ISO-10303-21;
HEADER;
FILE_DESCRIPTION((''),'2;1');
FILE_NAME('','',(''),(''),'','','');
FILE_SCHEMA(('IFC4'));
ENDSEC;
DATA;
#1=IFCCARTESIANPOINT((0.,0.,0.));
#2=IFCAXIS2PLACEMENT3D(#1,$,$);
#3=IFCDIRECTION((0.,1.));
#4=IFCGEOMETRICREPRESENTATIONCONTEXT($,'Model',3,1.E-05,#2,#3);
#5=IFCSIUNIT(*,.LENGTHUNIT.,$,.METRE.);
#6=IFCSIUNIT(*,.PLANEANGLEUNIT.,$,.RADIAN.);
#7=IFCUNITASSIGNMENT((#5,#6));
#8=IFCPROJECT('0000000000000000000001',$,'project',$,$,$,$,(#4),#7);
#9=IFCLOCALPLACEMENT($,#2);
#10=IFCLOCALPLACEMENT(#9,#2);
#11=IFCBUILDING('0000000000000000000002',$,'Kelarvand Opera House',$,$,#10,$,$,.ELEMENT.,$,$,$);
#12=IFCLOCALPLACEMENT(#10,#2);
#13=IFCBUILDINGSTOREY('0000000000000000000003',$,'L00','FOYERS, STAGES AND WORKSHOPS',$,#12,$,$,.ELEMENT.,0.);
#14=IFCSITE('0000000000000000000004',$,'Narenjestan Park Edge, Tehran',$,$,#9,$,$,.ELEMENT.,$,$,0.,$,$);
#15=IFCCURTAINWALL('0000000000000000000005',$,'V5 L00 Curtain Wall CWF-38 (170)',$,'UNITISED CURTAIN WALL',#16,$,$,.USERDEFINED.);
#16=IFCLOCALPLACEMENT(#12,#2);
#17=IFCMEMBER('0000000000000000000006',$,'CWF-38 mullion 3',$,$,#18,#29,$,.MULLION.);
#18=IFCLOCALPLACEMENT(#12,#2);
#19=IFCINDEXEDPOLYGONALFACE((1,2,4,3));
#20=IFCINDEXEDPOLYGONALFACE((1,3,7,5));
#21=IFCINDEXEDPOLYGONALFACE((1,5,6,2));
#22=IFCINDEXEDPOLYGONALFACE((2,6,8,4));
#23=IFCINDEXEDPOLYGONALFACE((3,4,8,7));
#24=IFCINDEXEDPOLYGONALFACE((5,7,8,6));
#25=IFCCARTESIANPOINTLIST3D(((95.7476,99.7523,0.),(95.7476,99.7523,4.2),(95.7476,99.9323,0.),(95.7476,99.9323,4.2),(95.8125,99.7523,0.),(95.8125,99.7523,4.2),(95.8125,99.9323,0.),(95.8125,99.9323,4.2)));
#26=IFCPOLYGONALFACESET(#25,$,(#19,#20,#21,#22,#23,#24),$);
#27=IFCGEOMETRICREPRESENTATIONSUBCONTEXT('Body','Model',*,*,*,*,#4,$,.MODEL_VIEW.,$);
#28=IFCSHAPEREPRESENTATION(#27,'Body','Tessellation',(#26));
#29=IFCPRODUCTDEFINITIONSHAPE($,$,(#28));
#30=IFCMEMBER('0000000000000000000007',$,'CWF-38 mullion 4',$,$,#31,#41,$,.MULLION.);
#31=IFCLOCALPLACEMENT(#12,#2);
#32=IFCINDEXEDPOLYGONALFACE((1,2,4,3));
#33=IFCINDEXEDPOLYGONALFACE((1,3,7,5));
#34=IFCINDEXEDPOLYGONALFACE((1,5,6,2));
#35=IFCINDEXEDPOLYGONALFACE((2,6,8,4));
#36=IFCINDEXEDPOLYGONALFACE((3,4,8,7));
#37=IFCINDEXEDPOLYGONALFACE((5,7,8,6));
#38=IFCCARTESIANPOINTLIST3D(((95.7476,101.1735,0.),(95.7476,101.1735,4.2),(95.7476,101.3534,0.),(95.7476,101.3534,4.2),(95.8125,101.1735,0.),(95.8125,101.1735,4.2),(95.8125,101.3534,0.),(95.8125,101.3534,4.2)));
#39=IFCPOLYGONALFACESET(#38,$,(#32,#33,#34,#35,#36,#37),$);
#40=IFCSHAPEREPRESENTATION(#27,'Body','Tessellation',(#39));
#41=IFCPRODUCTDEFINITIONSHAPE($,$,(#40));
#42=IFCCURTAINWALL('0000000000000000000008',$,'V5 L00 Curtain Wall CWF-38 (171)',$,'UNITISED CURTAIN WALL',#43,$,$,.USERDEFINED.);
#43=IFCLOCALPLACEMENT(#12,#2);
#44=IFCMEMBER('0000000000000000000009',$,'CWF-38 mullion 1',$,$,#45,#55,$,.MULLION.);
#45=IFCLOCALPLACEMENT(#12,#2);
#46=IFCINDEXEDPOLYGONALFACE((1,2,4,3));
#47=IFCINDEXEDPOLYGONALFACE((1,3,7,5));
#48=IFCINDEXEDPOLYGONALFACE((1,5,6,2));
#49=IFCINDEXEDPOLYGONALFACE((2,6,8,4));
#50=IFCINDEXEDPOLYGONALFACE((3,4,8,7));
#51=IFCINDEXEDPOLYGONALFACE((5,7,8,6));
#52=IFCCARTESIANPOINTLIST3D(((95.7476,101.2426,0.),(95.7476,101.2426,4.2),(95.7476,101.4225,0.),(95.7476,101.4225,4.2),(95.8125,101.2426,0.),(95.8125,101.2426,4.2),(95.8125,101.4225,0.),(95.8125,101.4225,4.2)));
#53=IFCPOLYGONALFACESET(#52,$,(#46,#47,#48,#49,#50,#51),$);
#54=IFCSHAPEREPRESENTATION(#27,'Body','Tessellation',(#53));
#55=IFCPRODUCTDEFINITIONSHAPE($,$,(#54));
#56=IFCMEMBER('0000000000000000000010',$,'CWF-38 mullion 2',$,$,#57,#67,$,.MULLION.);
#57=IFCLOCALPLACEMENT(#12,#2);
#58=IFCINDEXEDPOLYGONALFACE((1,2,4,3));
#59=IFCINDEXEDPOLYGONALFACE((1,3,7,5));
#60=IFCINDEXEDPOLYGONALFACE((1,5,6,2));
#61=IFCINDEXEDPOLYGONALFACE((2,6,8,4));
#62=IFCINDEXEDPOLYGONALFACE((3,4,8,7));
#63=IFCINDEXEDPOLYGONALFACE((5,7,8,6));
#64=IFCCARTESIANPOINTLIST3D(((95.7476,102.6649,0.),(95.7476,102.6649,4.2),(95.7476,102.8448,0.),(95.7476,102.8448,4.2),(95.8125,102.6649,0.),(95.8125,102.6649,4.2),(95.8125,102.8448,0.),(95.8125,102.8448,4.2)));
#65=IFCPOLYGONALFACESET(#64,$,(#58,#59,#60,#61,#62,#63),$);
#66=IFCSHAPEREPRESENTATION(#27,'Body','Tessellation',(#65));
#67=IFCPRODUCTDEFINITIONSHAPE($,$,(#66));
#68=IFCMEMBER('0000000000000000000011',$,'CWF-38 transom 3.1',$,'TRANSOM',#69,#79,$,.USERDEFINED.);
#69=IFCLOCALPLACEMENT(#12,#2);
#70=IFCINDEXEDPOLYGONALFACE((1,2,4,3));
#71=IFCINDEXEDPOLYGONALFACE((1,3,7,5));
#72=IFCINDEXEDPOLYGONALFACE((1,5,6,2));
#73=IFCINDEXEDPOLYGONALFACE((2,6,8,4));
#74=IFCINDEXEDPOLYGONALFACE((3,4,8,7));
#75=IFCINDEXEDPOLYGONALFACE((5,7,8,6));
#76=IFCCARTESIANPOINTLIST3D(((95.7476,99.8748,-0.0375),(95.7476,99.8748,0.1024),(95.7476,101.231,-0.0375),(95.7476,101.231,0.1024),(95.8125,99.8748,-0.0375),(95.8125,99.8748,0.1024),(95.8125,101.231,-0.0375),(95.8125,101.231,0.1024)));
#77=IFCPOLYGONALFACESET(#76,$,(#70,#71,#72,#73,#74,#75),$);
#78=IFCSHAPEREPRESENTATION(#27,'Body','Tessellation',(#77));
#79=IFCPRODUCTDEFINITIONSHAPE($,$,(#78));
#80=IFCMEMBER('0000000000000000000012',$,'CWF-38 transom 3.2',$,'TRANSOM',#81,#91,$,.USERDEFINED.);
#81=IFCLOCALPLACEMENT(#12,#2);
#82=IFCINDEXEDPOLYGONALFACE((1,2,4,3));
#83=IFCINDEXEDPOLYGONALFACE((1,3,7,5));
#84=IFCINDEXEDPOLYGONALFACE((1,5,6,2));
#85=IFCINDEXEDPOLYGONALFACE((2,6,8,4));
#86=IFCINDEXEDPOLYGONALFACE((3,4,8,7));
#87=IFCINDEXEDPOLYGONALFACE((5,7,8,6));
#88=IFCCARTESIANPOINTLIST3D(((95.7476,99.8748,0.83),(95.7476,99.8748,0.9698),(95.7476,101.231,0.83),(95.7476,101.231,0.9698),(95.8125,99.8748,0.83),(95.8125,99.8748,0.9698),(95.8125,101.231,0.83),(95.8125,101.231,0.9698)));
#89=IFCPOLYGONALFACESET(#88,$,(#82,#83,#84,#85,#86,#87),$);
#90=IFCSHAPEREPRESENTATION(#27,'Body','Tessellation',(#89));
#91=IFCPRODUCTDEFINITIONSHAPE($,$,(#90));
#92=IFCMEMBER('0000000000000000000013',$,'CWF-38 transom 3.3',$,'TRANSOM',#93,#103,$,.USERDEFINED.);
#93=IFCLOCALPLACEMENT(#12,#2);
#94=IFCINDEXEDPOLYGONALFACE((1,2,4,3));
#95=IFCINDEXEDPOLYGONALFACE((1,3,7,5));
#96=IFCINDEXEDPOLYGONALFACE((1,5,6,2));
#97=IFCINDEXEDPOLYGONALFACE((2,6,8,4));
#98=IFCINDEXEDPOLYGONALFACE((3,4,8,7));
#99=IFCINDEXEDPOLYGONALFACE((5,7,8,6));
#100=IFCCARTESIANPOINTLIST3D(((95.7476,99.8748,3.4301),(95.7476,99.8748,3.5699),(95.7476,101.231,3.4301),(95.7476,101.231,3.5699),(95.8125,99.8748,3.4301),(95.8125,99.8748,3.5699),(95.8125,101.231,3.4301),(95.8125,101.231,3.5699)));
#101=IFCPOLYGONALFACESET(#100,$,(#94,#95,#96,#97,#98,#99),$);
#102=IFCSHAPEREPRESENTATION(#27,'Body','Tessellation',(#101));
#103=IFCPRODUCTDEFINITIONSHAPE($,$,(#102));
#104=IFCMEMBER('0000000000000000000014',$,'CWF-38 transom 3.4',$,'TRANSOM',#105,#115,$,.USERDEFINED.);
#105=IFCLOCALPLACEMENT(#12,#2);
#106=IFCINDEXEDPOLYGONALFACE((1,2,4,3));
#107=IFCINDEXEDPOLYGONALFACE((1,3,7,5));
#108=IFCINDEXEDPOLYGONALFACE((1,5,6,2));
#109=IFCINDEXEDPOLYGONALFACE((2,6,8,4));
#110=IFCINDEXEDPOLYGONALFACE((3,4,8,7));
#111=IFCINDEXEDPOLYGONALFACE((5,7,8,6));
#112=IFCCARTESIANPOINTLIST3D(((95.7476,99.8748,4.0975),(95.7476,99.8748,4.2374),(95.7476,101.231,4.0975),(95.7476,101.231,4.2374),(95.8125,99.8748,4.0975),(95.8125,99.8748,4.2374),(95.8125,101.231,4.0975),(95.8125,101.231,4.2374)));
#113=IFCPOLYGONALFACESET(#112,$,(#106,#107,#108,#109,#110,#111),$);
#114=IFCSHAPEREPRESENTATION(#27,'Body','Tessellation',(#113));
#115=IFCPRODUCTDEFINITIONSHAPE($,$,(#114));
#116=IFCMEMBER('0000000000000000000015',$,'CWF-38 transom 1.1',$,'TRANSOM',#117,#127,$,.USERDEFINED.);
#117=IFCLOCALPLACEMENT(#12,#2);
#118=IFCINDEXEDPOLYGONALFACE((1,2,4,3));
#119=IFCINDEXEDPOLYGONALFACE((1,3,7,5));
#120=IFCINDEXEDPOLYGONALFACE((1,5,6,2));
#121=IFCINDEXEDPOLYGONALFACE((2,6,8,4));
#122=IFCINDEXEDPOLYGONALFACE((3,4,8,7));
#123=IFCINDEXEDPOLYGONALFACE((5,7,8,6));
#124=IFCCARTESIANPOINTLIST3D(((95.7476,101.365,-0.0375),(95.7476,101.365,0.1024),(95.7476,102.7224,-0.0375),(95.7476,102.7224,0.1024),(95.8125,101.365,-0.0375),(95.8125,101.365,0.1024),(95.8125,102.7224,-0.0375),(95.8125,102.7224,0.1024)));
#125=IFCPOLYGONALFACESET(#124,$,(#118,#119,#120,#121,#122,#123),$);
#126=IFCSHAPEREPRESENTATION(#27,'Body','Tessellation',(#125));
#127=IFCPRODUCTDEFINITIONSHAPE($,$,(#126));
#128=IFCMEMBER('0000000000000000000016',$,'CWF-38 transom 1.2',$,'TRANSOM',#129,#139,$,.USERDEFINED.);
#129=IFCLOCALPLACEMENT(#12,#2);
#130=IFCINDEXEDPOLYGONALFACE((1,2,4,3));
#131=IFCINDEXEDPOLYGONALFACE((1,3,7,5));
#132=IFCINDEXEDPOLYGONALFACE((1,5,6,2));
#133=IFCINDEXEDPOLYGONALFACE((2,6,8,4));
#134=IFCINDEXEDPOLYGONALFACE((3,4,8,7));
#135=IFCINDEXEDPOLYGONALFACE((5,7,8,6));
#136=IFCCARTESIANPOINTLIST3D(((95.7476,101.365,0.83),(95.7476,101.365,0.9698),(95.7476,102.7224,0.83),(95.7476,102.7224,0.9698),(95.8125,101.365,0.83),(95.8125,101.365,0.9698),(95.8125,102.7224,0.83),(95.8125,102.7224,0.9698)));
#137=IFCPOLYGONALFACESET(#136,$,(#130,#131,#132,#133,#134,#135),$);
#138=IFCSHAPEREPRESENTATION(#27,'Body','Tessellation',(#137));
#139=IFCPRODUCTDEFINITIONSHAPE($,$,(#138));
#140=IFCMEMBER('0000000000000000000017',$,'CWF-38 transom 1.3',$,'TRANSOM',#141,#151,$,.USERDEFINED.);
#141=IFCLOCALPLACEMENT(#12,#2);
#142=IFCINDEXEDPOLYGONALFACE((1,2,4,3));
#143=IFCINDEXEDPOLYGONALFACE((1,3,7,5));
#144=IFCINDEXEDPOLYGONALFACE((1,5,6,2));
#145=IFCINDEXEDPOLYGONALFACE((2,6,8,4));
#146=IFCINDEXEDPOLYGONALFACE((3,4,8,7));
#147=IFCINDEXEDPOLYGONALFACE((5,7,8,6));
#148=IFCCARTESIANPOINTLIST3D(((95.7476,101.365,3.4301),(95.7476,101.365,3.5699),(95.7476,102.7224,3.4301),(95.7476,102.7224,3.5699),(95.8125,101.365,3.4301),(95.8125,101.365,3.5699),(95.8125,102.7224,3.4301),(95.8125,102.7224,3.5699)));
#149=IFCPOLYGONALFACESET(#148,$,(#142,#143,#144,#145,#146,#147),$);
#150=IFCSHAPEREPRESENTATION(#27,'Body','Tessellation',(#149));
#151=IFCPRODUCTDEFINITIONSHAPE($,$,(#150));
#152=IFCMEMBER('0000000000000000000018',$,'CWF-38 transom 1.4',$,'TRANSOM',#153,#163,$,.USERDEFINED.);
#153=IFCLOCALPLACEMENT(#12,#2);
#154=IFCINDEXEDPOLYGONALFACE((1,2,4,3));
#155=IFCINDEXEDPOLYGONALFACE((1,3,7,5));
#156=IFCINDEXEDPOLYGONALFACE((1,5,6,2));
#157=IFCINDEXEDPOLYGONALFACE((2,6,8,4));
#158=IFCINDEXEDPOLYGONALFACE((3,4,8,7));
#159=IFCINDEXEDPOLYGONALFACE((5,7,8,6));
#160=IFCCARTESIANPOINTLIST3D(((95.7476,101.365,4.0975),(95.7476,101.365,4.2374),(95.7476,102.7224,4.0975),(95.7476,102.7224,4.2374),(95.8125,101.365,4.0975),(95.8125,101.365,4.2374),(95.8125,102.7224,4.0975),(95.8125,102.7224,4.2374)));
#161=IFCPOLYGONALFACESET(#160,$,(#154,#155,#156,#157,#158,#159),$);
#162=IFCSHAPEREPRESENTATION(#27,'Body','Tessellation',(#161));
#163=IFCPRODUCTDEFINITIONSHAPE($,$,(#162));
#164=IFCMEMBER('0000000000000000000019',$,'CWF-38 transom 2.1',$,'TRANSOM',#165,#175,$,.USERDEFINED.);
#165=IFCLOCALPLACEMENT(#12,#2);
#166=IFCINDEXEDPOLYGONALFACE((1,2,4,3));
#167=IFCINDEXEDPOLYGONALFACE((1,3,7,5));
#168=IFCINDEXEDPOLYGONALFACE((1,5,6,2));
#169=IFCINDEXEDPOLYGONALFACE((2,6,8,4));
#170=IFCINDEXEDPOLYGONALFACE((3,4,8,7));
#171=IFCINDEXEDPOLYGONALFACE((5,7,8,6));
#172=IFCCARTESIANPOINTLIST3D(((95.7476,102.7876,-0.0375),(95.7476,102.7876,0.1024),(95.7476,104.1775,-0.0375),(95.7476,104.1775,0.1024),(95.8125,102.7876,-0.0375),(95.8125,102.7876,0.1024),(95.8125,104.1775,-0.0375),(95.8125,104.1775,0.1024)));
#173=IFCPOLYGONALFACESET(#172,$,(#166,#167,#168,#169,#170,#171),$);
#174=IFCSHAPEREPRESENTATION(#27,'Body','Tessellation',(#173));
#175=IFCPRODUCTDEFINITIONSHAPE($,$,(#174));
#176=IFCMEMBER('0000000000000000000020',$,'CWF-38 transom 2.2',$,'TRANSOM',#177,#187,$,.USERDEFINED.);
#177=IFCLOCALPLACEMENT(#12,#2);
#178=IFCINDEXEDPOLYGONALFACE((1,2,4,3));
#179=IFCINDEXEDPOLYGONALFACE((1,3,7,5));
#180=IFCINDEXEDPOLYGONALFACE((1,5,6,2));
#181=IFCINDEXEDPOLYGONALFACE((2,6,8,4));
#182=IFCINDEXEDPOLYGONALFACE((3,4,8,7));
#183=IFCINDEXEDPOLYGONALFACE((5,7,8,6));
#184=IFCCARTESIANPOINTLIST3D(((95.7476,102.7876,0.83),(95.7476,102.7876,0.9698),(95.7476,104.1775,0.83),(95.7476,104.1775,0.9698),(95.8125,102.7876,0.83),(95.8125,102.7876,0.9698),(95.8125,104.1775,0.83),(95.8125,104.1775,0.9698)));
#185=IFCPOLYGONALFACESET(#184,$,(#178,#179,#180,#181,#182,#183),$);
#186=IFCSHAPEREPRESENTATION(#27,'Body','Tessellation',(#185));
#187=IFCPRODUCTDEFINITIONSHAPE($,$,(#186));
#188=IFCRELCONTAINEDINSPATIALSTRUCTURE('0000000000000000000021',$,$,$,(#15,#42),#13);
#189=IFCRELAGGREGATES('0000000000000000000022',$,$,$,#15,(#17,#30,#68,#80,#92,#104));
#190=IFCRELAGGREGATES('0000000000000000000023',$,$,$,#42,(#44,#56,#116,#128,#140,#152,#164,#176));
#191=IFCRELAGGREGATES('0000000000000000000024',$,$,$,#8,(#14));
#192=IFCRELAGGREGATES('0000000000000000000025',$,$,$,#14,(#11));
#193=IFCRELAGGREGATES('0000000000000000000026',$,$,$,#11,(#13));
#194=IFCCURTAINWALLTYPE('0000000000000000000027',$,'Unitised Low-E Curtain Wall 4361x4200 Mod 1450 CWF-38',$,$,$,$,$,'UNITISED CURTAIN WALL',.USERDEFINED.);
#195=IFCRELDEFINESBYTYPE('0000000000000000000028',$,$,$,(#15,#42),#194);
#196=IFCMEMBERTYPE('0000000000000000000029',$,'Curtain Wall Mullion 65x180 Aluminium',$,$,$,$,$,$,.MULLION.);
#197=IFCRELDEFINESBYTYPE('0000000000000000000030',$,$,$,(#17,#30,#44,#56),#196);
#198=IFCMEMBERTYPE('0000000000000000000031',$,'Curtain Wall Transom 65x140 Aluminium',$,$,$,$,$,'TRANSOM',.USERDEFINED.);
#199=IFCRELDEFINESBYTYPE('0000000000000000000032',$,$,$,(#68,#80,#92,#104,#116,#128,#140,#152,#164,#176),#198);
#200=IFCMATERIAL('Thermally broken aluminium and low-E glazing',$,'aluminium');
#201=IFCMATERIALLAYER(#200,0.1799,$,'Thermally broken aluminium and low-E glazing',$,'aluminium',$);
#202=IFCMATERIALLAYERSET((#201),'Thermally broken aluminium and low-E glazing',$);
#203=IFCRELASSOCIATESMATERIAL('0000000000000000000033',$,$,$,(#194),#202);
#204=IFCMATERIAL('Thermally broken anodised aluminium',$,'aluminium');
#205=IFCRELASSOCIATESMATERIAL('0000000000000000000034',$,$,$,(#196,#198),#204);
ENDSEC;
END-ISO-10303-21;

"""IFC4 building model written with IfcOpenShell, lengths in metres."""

from ifc_helpers import new_model, si_unit, direction, frame, origin, origin_2d, place, context, subcontext, project, spatial, rectangle, extrude, material, layer, layer_set, material_profile, profile_set, type_object, element, aggregate, save


model = new_model("IFC4")

# Units and contexts
model_context = context("Model", 3, precision=1e-05, world=origin(), true_north=direction((0.0, 1.0)))
body_context = subcontext(model_context, "Body", "Model", "MODEL_VIEW")
ifc_project = project(units=[si_unit("LENGTHUNIT", "METRE"), si_unit("PLANEANGLEUNIT", "RADIAN")], contexts=[model_context])

# Site, building, storey
site_placement = place(None, origin())
site = spatial("IfcSite", under=ifc_project, at=site_placement, Name="Narenjestan Park Edge, Tehran", CompositionType="ELEMENT", RefElevation=0.0)
building_placement = place(site_placement, origin())
building = spatial("IfcBuilding", under=site, at=building_placement, Name="Kelarvand Opera House", CompositionType="ELEMENT")
storey_placement = place(building_placement, origin())
storey = spatial("IfcBuildingStorey", under=building, at=storey_placement, Name="L00", Description="FOYERS, STAGES AND WORKSHOPS", CompositionType="ELEMENT", Elevation=0.0)

# Curtain walls, members
ifc_material_1 = material(Name="Thermally broken aluminium and low-E glazing", Category="aluminium")
ifc_layer_1 = layer(ifc_material_1, 0.1799, Name="Thermally broken aluminium and low-E glazing", Category="aluminium")
ifc_layer_set_1 = layer_set([ifc_layer_1], Name="Thermally broken aluminium and low-E glazing")
curtain_wall_type = type_object("IfcCurtainWallType", Name="Unitised Low-E Curtain Wall 4361x4200 Mod 1450 CWF-38", ElementType="UNITISED CURTAIN WALL", PredefinedType="USERDEFINED", material=ifc_layer_set_1)
curtain_wall_1_placement = place(storey_placement, origin())
curtain_wall_1 = element("IfcCurtainWall", 1, at=curtain_wall_1_placement, inside=storey, type_object=curtain_wall_type, Name="V5 L00 Curtain Wall CWF-38 (170)", ObjectType="UNITISED CURTAIN WALL", PredefinedType="USERDEFINED")
ifc_material_2 = material(Name="Thermally broken anodised aluminium", Category="aluminium")
ifc_material_profile_1 = material_profile(ifc_material_2, rectangle(XDim=0.0649, YDim=0.1799, at=origin_2d()), Name="ALU MULLION 65x180", Category="aluminium")
ifc_profile_set_1 = profile_set([ifc_material_profile_1], Name="Thermally broken anodised aluminium")
member_type_1 = type_object("IfcMemberType", Name="Curtain Wall Mullion 65x180 Aluminium", PredefinedType="MULLION", material=ifc_profile_set_1)
member_1_placement = place(storey_placement, frame((95.78, 99.8423, 0.0), z_axis=(0.0, 0.0, 1.0), x_axis=(-1.0, 0.0, 0.0)))
member_1 = element("IfcMember", 2, at=member_1_placement, type_object=member_type_1, Name="CWF-38 mullion 3", PredefinedType="MULLION", context=body_context, shape_type="SweptSolid", body=[
    extrude(rectangle(XDim=0.0649, YDim=0.1799, at=origin_2d()), origin(), (0.0, 0.0, 1.0), 4.2),
])
member_2_placement = place(storey_placement, frame((95.78, 101.2634, 0.0), z_axis=(0.0, 0.0, 1.0), x_axis=(-1.0, 0.0, 0.0)))
member_2 = element("IfcMember", 3, at=member_2_placement, type_object=member_type_1, Name="CWF-38 mullion 4", PredefinedType="MULLION", context=body_context, shape_type="SweptSolid", body=[
    extrude(rectangle(XDim=0.0649, YDim=0.1799, at=origin_2d()), origin(), (0.0, 0.0, 1.0), 4.2),
])
curtain_wall_2_placement = place(storey_placement, origin())
curtain_wall_2 = element("IfcCurtainWall", 4, at=curtain_wall_2_placement, inside=storey, type_object=curtain_wall_type, Name="V5 L00 Curtain Wall CWF-38 (171)", ObjectType="UNITISED CURTAIN WALL", PredefinedType="USERDEFINED")
member_3_placement = place(storey_placement, frame((95.78, 101.3325, 0.0), z_axis=(0.0, 0.0, 1.0), x_axis=(-1.0, 0.0, 0.0)))
member_3 = element("IfcMember", 5, at=member_3_placement, type_object=member_type_1, Name="CWF-38 mullion 1", PredefinedType="MULLION", context=body_context, shape_type="SweptSolid", body=[
    extrude(rectangle(XDim=0.0649, YDim=0.1799, at=origin_2d()), origin(), (0.0, 0.0, 1.0), 4.2),
])
member_4_placement = place(storey_placement, frame((95.78, 102.7549, 0.0), z_axis=(0.0, 0.0, 1.0), x_axis=(-1.0, 0.0, 0.0)))
member_4 = element("IfcMember", 6, at=member_4_placement, type_object=member_type_1, Name="CWF-38 mullion 2", PredefinedType="MULLION", context=body_context, shape_type="SweptSolid", body=[
    extrude(rectangle(XDim=0.0649, YDim=0.1799, at=origin_2d()), origin(), (0.0, 0.0, 1.0), 4.2),
])

# Members
ifc_material_profile_2 = material_profile(ifc_material_2, rectangle(XDim=0.0649, YDim=0.1399, at=origin_2d()), Name="ALU TRANSOM 65x140", Category="aluminium")
ifc_profile_set_2 = profile_set([ifc_material_profile_2], Name="Thermally broken anodised aluminium")
member_type_2 = type_object("IfcMemberType", Name="Curtain Wall Transom 65x140 Aluminium", ElementType="TRANSOM", PredefinedType="USERDEFINED", material=ifc_profile_set_2)
member_5_placement = place(storey_placement, frame((95.78, 99.8748, 0.0325), z_axis=(0.0, 1.0, 0.0), x_axis=(-1.0, 0.0, 0.0)))
member_5 = element("IfcMember", 7, at=member_5_placement, type_object=member_type_2, Name="CWF-38 transom 3.1", ObjectType="TRANSOM", PredefinedType="USERDEFINED", context=body_context, shape_type="SweptSolid", body=[
    extrude(rectangle(XDim=0.0649, YDim=0.1399, at=origin_2d()), origin(), (0.0, 0.0, 1.0), 1.3562),
])
member_6_placement = place(storey_placement, frame((95.78, 99.8748, 0.8999), z_axis=(0.0, 1.0, 0.0), x_axis=(-1.0, 0.0, 0.0)))
member_6 = element("IfcMember", 8, at=member_6_placement, type_object=member_type_2, Name="CWF-38 transom 3.2", ObjectType="TRANSOM", PredefinedType="USERDEFINED", context=body_context, shape_type="SweptSolid", body=[
    extrude(rectangle(XDim=0.0649, YDim=0.1399, at=origin_2d()), origin(), (0.0, 0.0, 1.0), 1.3562),
])
member_7_placement = place(storey_placement, frame((95.78, 99.8748, 3.5), z_axis=(0.0, 1.0, 0.0), x_axis=(-1.0, 0.0, 0.0)))
member_7 = element("IfcMember", 9, at=member_7_placement, type_object=member_type_2, Name="CWF-38 transom 3.3", ObjectType="TRANSOM", PredefinedType="USERDEFINED", context=body_context, shape_type="SweptSolid", body=[
    extrude(rectangle(XDim=0.0649, YDim=0.1399, at=origin_2d()), origin(), (0.0, 0.0, 1.0), 1.3562),
])
member_8_placement = place(storey_placement, frame((95.78, 99.8748, 4.1675), z_axis=(0.0, 1.0, 0.0), x_axis=(-1.0, 0.0, 0.0)))
member_8 = element("IfcMember", 10, at=member_8_placement, type_object=member_type_2, Name="CWF-38 transom 3.4", ObjectType="TRANSOM", PredefinedType="USERDEFINED", context=body_context, shape_type="SweptSolid", body=[
    extrude(rectangle(XDim=0.0649, YDim=0.1399, at=origin_2d()), origin(), (0.0, 0.0, 1.0), 1.3562),
])
member_9_placement = place(storey_placement, frame((95.78, 101.365, 0.0325), z_axis=(0.0, 1.0, 0.0), x_axis=(-1.0, 0.0, 0.0)))
member_9 = element("IfcMember", 11, at=member_9_placement, type_object=member_type_2, Name="CWF-38 transom 1.1", ObjectType="TRANSOM", PredefinedType="USERDEFINED", context=body_context, shape_type="SweptSolid", body=[
    extrude(rectangle(XDim=0.0649, YDim=0.1399, at=origin_2d()), origin(), (0.0, 0.0, 1.0), 1.3574),
])
member_10_placement = place(storey_placement, frame((95.78, 101.365, 0.8999), z_axis=(0.0, 1.0, 0.0), x_axis=(-1.0, 0.0, 0.0)))
member_10 = element("IfcMember", 12, at=member_10_placement, type_object=member_type_2, Name="CWF-38 transom 1.2", ObjectType="TRANSOM", PredefinedType="USERDEFINED", context=body_context, shape_type="SweptSolid", body=[
    extrude(rectangle(XDim=0.0649, YDim=0.1399, at=origin_2d()), origin(), (0.0, 0.0, 1.0), 1.3574),
])
member_11_placement = place(storey_placement, frame((95.78, 101.365, 3.5), z_axis=(0.0, 1.0, 0.0), x_axis=(-1.0, 0.0, 0.0)))
member_11 = element("IfcMember", 13, at=member_11_placement, type_object=member_type_2, Name="CWF-38 transom 1.3", ObjectType="TRANSOM", PredefinedType="USERDEFINED", context=body_context, shape_type="SweptSolid", body=[
    extrude(rectangle(XDim=0.0649, YDim=0.1399, at=origin_2d()), origin(), (0.0, 0.0, 1.0), 1.3574),
])
member_12_placement = place(storey_placement, frame((95.78, 101.365, 4.1675), z_axis=(0.0, 1.0, 0.0), x_axis=(-1.0, 0.0, 0.0)))
member_12 = element("IfcMember", 14, at=member_12_placement, type_object=member_type_2, Name="CWF-38 transom 1.4", ObjectType="TRANSOM", PredefinedType="USERDEFINED", context=body_context, shape_type="SweptSolid", body=[
    extrude(rectangle(XDim=0.0649, YDim=0.1399, at=origin_2d()), origin(), (0.0, 0.0, 1.0), 1.3574),
])
member_13_placement = place(storey_placement, frame((95.78, 102.7876, 0.0325), z_axis=(0.0, 1.0, 0.0), x_axis=(-1.0, 0.0, 0.0)))
member_13 = element("IfcMember", 15, at=member_13_placement, type_object=member_type_2, Name="CWF-38 transom 2.1", ObjectType="TRANSOM", PredefinedType="USERDEFINED", context=body_context, shape_type="SweptSolid", body=[
    extrude(rectangle(XDim=0.0649, YDim=0.1399, at=origin_2d()), origin(), (0.0, 0.0, 1.0), 1.3899),
])
member_14_placement = place(storey_placement, frame((95.78, 102.7876, 0.8999), z_axis=(0.0, 1.0, 0.0), x_axis=(-1.0, 0.0, 0.0)))
member_14 = element("IfcMember", 16, at=member_14_placement, type_object=member_type_2, Name="CWF-38 transom 2.2", ObjectType="TRANSOM", PredefinedType="USERDEFINED", context=body_context, shape_type="SweptSolid", body=[
    extrude(rectangle(XDim=0.0649, YDim=0.1399, at=origin_2d()), origin(), (0.0, 0.0, 1.0), 1.3899),
])

aggregate(curtain_wall_1, [member_1, member_2, member_5, member_6, member_7, member_8])
aggregate(curtain_wall_2, [member_3, member_4, member_9, member_10, member_11, member_12, member_13, member_14])

save(model, "model.ifc")
